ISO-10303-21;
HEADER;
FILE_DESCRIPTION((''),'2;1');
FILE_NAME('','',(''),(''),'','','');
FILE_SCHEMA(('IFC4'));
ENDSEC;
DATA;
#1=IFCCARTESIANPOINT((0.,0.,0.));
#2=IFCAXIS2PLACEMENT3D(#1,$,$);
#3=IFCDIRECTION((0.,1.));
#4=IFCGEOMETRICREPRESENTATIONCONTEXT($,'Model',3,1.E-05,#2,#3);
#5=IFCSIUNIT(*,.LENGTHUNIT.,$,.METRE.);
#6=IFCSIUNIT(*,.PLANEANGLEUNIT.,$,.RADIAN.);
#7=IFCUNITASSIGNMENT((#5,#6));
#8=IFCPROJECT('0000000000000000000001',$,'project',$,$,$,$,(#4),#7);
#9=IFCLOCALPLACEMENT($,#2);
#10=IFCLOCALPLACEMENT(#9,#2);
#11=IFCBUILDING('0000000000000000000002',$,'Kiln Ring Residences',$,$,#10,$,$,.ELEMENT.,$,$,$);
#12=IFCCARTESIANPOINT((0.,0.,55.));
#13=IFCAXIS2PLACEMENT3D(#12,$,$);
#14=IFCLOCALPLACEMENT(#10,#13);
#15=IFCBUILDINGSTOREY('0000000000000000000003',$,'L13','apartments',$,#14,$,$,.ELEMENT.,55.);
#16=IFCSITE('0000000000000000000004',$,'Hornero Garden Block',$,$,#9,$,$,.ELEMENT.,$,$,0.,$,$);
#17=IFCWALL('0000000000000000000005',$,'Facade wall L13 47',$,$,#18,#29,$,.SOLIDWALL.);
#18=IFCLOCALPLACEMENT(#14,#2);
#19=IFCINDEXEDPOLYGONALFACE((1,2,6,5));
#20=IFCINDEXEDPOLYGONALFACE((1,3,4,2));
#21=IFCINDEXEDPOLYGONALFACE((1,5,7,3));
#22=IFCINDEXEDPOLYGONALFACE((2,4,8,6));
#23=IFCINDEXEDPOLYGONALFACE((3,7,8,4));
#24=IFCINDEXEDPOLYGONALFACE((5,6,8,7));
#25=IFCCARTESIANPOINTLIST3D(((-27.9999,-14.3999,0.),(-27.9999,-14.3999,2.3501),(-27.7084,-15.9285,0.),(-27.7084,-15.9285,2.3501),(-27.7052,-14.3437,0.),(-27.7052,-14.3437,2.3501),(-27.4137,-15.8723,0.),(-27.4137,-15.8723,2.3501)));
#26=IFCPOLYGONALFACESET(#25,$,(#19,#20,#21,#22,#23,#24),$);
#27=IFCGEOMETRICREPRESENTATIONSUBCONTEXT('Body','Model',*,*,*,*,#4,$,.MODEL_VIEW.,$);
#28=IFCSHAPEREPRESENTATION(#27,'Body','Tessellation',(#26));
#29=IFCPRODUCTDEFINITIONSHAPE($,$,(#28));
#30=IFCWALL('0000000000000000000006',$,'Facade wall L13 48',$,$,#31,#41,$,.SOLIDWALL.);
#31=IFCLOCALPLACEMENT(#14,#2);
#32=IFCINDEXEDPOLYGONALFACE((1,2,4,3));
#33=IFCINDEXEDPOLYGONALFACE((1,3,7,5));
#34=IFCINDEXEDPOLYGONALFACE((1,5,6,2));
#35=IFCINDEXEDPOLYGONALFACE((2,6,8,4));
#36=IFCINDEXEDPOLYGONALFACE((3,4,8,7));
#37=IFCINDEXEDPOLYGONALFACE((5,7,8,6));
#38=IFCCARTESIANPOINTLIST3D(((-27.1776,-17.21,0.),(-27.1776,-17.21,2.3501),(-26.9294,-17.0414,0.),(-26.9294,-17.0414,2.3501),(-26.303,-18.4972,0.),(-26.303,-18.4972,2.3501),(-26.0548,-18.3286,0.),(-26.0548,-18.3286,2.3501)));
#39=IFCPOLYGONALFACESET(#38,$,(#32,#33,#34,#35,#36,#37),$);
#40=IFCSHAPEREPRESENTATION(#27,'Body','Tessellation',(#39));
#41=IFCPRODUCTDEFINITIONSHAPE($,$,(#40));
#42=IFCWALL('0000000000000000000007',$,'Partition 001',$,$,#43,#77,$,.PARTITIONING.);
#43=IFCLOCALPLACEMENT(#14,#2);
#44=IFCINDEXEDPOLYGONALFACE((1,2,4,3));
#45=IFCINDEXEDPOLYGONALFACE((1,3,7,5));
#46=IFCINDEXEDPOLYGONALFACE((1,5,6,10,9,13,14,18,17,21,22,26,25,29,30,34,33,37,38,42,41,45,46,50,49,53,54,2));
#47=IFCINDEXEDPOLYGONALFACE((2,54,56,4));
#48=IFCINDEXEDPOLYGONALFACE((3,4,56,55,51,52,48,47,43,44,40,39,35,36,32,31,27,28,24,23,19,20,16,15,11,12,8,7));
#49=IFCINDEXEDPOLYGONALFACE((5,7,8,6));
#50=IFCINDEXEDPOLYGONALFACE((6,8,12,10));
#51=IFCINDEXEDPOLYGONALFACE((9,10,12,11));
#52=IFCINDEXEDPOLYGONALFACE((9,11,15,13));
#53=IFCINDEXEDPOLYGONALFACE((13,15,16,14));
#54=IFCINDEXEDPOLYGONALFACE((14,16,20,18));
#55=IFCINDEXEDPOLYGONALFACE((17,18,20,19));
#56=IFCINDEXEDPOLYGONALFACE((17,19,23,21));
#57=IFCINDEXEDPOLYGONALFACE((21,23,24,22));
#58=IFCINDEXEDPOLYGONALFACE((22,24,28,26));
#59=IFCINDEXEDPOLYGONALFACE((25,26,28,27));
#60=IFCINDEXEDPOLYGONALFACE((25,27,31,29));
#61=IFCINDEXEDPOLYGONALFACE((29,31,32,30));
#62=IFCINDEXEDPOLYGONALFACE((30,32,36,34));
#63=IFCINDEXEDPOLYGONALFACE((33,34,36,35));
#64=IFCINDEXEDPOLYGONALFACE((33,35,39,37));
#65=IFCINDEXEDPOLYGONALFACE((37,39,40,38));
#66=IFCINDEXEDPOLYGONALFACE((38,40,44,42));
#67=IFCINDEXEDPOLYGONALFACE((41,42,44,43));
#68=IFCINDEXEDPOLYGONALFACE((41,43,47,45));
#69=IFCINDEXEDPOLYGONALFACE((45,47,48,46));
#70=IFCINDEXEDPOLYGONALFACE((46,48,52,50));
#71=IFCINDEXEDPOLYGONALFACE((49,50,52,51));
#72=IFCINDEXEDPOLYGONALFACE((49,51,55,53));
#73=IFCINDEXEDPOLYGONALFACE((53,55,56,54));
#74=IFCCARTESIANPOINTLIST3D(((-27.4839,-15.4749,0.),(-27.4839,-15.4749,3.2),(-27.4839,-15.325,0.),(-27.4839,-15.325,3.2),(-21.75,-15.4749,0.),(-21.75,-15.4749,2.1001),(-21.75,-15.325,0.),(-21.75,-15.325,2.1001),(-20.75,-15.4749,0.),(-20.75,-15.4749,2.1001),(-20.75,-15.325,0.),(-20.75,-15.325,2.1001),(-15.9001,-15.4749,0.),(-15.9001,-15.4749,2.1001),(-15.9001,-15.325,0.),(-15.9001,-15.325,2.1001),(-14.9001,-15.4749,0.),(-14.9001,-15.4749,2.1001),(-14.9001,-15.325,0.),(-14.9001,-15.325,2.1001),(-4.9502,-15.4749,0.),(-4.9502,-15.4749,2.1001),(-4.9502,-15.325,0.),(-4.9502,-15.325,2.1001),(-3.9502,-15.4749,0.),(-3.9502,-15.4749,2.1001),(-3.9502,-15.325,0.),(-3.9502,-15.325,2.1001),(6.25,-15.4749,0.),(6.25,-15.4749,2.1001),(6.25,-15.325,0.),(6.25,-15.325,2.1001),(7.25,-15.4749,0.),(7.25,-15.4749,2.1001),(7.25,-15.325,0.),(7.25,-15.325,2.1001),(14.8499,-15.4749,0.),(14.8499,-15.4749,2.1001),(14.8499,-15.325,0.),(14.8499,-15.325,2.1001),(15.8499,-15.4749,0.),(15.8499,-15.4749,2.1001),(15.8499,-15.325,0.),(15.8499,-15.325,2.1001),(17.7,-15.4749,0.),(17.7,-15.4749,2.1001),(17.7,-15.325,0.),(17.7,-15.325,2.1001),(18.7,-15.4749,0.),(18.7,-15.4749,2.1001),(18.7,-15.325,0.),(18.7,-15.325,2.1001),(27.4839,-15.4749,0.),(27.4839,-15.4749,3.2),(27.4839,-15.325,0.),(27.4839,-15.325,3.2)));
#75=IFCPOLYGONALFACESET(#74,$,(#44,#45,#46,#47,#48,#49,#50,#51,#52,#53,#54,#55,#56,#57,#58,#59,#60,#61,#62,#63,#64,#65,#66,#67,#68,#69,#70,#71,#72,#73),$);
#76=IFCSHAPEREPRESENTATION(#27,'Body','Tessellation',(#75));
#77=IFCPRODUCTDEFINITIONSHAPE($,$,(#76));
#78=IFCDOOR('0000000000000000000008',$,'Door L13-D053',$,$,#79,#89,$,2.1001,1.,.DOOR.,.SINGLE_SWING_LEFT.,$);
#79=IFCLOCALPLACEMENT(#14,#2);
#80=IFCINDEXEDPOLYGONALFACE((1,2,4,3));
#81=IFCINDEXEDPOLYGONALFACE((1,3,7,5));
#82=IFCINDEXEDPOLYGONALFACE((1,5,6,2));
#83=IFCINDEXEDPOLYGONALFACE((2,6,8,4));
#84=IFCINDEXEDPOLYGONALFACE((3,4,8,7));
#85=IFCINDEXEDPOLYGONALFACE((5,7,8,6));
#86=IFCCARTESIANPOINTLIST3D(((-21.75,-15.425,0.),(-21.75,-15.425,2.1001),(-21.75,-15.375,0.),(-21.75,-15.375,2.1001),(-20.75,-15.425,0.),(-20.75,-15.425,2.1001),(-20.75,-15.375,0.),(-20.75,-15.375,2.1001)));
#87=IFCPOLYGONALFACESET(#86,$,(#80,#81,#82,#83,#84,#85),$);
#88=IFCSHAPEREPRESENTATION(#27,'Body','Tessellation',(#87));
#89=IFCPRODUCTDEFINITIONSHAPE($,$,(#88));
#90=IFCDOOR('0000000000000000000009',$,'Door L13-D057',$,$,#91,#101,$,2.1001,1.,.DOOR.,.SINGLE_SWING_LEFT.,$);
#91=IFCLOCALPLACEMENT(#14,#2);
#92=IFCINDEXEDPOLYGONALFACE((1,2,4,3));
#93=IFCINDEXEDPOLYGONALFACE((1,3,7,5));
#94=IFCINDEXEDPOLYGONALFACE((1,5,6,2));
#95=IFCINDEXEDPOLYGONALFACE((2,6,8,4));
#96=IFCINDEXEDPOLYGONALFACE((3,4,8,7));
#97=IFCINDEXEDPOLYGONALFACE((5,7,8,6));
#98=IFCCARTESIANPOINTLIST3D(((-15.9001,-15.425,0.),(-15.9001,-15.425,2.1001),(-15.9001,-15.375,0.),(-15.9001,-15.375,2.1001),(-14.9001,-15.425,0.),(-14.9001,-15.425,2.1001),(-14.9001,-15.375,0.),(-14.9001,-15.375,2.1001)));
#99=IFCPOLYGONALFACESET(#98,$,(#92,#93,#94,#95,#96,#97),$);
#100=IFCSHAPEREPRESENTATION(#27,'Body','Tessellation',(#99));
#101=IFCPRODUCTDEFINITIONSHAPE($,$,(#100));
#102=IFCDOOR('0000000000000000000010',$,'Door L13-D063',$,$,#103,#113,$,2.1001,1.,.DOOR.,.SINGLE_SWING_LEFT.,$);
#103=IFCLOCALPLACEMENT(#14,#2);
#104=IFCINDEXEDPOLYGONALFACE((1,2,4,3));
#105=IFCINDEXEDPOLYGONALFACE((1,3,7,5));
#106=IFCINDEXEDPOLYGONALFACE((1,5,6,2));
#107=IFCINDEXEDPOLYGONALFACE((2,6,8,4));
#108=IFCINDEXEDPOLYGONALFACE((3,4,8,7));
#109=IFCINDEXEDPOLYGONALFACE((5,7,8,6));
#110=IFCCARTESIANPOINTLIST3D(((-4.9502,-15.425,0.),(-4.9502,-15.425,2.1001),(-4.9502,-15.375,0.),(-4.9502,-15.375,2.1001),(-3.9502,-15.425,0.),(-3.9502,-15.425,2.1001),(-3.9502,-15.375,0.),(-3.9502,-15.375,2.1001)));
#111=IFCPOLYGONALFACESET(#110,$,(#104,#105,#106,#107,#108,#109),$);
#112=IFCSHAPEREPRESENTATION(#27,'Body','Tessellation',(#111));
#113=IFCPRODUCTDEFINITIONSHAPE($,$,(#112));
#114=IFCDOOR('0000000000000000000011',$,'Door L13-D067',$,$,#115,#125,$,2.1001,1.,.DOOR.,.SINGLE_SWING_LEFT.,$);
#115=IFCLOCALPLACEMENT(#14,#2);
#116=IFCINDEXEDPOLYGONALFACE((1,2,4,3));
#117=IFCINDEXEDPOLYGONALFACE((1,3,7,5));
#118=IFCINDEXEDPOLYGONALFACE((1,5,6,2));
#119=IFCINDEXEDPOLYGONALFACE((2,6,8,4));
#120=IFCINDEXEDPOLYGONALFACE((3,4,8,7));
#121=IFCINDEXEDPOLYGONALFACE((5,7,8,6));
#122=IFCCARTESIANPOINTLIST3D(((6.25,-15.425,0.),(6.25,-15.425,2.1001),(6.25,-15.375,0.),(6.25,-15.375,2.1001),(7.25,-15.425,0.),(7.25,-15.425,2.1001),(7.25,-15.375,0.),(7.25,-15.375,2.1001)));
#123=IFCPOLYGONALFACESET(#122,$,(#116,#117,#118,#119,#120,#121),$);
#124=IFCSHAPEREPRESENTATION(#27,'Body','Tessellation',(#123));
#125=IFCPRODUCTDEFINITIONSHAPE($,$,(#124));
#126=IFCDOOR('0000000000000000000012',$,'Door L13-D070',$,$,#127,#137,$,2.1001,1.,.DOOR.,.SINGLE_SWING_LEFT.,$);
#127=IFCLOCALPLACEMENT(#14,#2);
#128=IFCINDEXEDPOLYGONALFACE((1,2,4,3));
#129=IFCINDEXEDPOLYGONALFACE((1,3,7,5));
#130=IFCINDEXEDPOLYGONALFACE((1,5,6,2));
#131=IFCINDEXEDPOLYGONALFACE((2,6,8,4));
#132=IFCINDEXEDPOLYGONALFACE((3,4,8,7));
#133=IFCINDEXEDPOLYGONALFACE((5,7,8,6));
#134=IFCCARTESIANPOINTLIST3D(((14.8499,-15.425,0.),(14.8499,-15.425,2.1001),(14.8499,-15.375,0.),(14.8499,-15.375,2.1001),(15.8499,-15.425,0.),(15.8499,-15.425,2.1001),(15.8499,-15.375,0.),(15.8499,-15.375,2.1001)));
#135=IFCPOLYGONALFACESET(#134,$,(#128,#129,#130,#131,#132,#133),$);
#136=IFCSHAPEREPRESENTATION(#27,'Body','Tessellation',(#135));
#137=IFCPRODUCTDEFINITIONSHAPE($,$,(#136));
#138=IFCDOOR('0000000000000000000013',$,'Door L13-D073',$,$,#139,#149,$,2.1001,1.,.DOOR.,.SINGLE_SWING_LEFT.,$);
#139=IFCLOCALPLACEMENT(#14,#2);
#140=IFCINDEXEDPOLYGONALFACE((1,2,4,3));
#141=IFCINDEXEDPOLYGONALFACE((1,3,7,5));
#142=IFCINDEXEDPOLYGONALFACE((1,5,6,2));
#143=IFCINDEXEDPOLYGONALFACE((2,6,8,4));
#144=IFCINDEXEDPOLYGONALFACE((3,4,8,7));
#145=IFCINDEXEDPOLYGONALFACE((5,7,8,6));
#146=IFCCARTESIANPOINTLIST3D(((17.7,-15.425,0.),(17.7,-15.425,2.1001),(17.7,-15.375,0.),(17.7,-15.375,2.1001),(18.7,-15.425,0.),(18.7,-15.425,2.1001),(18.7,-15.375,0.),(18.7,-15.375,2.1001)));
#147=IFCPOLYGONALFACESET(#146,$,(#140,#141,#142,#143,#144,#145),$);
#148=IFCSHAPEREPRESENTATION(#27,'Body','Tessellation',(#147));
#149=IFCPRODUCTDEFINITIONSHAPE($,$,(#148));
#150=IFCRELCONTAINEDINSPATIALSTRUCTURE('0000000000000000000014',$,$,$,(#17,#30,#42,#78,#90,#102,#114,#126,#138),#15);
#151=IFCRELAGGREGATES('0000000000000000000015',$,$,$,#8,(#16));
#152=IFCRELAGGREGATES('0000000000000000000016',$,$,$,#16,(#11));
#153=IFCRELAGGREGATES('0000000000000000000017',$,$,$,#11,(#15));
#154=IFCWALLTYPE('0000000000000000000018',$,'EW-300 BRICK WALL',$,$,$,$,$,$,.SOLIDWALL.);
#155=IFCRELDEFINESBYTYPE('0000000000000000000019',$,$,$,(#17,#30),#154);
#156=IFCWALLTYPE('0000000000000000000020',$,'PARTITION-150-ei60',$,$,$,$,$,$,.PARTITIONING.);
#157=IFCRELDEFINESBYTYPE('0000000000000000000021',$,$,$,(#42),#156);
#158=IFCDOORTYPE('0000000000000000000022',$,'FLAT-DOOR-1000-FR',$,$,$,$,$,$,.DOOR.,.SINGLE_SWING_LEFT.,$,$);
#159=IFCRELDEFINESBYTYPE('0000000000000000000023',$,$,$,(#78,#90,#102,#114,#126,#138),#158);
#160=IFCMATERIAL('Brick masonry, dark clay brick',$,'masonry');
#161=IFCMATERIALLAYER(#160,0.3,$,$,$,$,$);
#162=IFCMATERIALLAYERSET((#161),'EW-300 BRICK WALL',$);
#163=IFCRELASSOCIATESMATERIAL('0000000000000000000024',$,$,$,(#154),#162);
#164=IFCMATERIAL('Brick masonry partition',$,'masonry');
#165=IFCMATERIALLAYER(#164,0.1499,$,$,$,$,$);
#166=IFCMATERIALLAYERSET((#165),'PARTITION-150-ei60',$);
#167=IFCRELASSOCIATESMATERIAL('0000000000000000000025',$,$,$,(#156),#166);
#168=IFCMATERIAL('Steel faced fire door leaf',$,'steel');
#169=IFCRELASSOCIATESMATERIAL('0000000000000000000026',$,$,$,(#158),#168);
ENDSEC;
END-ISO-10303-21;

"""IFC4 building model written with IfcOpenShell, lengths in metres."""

from ifc_helpers import new_model, si_unit, direction, frame, frame_2d, origin, place, context, subcontext, project, spatial, rectangle, extrude, material, layer, layer_set, type_object, element, fill, save


model = new_model("IFC4")

# Units and contexts
model_context = context("Model", 3, precision=1e-05, world=origin(), true_north=direction((0.0, 1.0)))
body_context = subcontext(model_context, "Body", "Model", "MODEL_VIEW")
ifc_project = project(units=[si_unit("LENGTHUNIT", "METRE"), si_unit("PLANEANGLEUNIT", "RADIAN")], contexts=[model_context])

# Site, building, storey
site_placement = place(None, origin())
site = spatial("IfcSite", under=ifc_project, at=site_placement, Name="Hornero Garden Block", CompositionType="ELEMENT", RefElevation=0.0)
building_placement = place(site_placement, origin())
building = spatial("IfcBuilding", under=site, at=building_placement, Name="Kiln Ring Residences", CompositionType="ELEMENT")
storey_placement = place(building_placement, frame((0.0, 0.0, 55.0)))
storey = spatial("IfcBuildingStorey", under=building, at=storey_placement, Name="L13", Description="apartments", CompositionType="ELEMENT", Elevation=55.0)

# Walls
ifc_material_1 = material(Name="Brick masonry, dark clay brick", Category="masonry")
ifc_layer_1 = layer(ifc_material_1, 0.3)
ifc_layer_set_1 = layer_set([ifc_layer_1], Name="EW-300 BRICK WALL")
wall_type_1 = type_object("IfcWallType", Name="EW-300 BRICK WALL", PredefinedType="SOLIDWALL", material=ifc_layer_set_1)
for number, where, z_axis, x_axis, name in (
    (1, (-27.8525, -14.3718, 0.0), (0.0, 0.0, 1.0), (0.187328, -0.982297, 0.0), "Facade wall L13 47"),
    (2, (-27.0535, -17.1257, 0.0), (0.0, 0.0, 1.0), (0.561992, -0.827142, 0.0), "Facade wall L13 48"),
):
    element("IfcWall", number, at=place(storey_placement, frame(where, z_axis=z_axis, x_axis=x_axis)), inside=storey, type_object=wall_type_1, Name=name, PredefinedType="SOLIDWALL", context=body_context, shape_type="SweptSolid", body=[
        extrude(rectangle(XDim=1.5562, YDim=0.3, at=frame_2d((0.7781, 0.0))), origin(), (0.0, 0.0, 1.0), 2.3501),
    ])

# Wall, openings, doors
ifc_material_2 = material(Name="Brick masonry partition", Category="masonry")
ifc_layer_2 = layer(ifc_material_2, 0.1499)
ifc_layer_set_2 = layer_set([ifc_layer_2], Name="PARTITION-150-ei60")
wall_type_2 = type_object("IfcWallType", Name="PARTITION-150-ei60", PredefinedType="PARTITIONING", material=ifc_layer_set_2)
wall_1_placement = place(storey_placement, frame((-27.4839, -15.3999, 0.0), z_axis=(0.0, 0.0, 1.0), x_axis=(1.0, 0.0, 0.0)))
wall_1 = element("IfcWall", 3, at=wall_1_placement, inside=storey, type_object=wall_type_2, Name="Partition 001", PredefinedType="PARTITIONING", context=body_context, shape_type="SweptSolid", body=[
    extrude(rectangle(XDim=54.9678, YDim=0.1499, at=frame_2d((27.4839, 0.0))), origin(), (0.0, 0.0, 1.0), 3.2),
])
opening_1_placement = place(wall_1_placement, frame((5.7339, 0.0, 0.0)))
opening_1 = element("IfcOpeningElement", 4, at=opening_1_placement, cuts=wall_1, PredefinedType="OPENING", context=body_context, shape_type="SweptSolid", body=[
    extrude(rectangle(XDim=1.0, YDim=2.1001, at=frame_2d((0.5, 1.05))), frame((0.0, 0.085, 0.0), z_axis=(0.0, -1.0, 0.0), x_axis=(1.0, 0.0, 0.0)), (0.0, 0.0, 1.0), 0.1699),
])
opening_2_placement = place(wall_1_placement, frame((11.5837, 0.0, 0.0)))
opening_2 = element("IfcOpeningElement", 5, at=opening_2_placement, cuts=wall_1, PredefinedType="OPENING", context=body_context, shape_type="SweptSolid", body=[
    extrude(rectangle(XDim=1.0, YDim=2.1001, at=frame_2d((0.5, 1.05))), frame((0.0, 0.085, 0.0), z_axis=(0.0, -1.0, 0.0), x_axis=(1.0, 0.0, 0.0)), (0.0, 0.0, 1.0), 0.1699),
])
opening_3_placement = place(wall_1_placement, frame((22.5337, 0.0, 0.0)))
opening_3 = element("IfcOpeningElement", 6, at=opening_3_placement, cuts=wall_1, PredefinedType="OPENING", context=body_context, shape_type="SweptSolid", body=[
    extrude(rectangle(XDim=1.0, YDim=2.1001, at=frame_2d((0.5, 1.05))), frame((0.0, 0.085, 0.0), z_axis=(0.0, -1.0, 0.0), x_axis=(1.0, 0.0, 0.0)), (0.0, 0.0, 1.0), 0.1699),
])
opening_4_placement = place(wall_1_placement, frame((33.7339, 0.0, 0.0)))
opening_4 = element("IfcOpeningElement", 7, at=opening_4_placement, cuts=wall_1, PredefinedType="OPENING", context=body_context, shape_type="SweptSolid", body=[
    extrude(rectangle(XDim=1.0, YDim=2.1001, at=frame_2d((0.5, 1.05))), frame((0.0, 0.085, 0.0), z_axis=(0.0, -1.0, 0.0), x_axis=(1.0, 0.0, 0.0)), (0.0, 0.0, 1.0), 0.1699),
])
opening_5_placement = place(wall_1_placement, frame((42.3337, 0.0, 0.0)))
opening_5 = element("IfcOpeningElement", 8, at=opening_5_placement, cuts=wall_1, PredefinedType="OPENING", context=body_context, shape_type="SweptSolid", body=[
    extrude(rectangle(XDim=1.0, YDim=2.1001, at=frame_2d((0.5, 1.05))), frame((0.0, 0.085, 0.0), z_axis=(0.0, -1.0, 0.0), x_axis=(1.0, 0.0, 0.0)), (0.0, 0.0, 1.0), 0.1699),
])
opening_6_placement = place(wall_1_placement, frame((45.1838, 0.0, 0.0)))
opening_6 = element("IfcOpeningElement", 9, at=opening_6_placement, cuts=wall_1, PredefinedType="OPENING", context=body_context, shape_type="SweptSolid", body=[
    extrude(rectangle(XDim=1.0, YDim=2.1001, at=frame_2d((0.5, 1.05))), frame((0.0, 0.085, 0.0), z_axis=(0.0, -1.0, 0.0), x_axis=(1.0, 0.0, 0.0)), (0.0, 0.0, 1.0), 0.1699),
])
ifc_material_3 = material(Name="Steel faced fire door leaf", Category="steel")
door_type_1 = type_object("IfcDoorType", Name="FLAT-DOOR-1000-FR", OperationType="SINGLE_SWING_LEFT", PredefinedType="DOOR", material=ifc_material_3)
door_1_placement = place(opening_1_placement, origin())
door_1 = element("IfcDoor", 10, at=door_1_placement, inside=storey, type_object=door_type_1, Name="Door L13-D053", OperationType="SINGLE_SWING_LEFT", OverallHeight=2.1001, OverallWidth=1.0, PredefinedType="DOOR", context=body_context, shape_type="SweptSolid", body=[
    extrude(rectangle(XDim=1.0, YDim=2.1001, at=frame_2d((0.5, 1.05))), frame((0.0, 0.0249, 0.0), z_axis=(0.0, -1.0, 0.0), x_axis=(1.0, 0.0, 0.0)), (0.0, 0.0, 1.0), 0.05),
])
fill(opening_1, door_1)
door_2_placement = place(opening_2_placement, origin())
door_2 = element("IfcDoor", 11, at=door_2_placement, inside=storey, type_object=door_type_1, Name="Door L13-D057", OperationType="SINGLE_SWING_LEFT", OverallHeight=2.1001, OverallWidth=1.0, PredefinedType="DOOR", context=body_context, shape_type="SweptSolid", body=[
    extrude(rectangle(XDim=1.0, YDim=2.1001, at=frame_2d((0.5, 1.05))), frame((0.0, 0.0249, 0.0), z_axis=(0.0, -1.0, 0.0), x_axis=(1.0, 0.0, 0.0)), (0.0, 0.0, 1.0), 0.05),
])
fill(opening_2, door_2)
door_3_placement = place(opening_3_placement, origin())
door_3 = element("IfcDoor", 12, at=door_3_placement, inside=storey, type_object=door_type_1, Name="Door L13-D063", OperationType="SINGLE_SWING_LEFT", OverallHeight=2.1001, OverallWidth=1.0, PredefinedType="DOOR", context=body_context, shape_type="SweptSolid", body=[
    extrude(rectangle(XDim=1.0, YDim=2.1001, at=frame_2d((0.5, 1.05))), frame((0.0, 0.0249, 0.0), z_axis=(0.0, -1.0, 0.0), x_axis=(1.0, 0.0, 0.0)), (0.0, 0.0, 1.0), 0.05),
])
fill(opening_3, door_3)
door_4_placement = place(opening_4_placement, origin())
door_4 = element("IfcDoor", 13, at=door_4_placement, inside=storey, type_object=door_type_1, Name="Door L13-D067", OperationType="SINGLE_SWING_LEFT", OverallHeight=2.1001, OverallWidth=1.0, PredefinedType="DOOR", context=body_context, shape_type="SweptSolid", body=[
    extrude(rectangle(XDim=1.0, YDim=2.1001, at=frame_2d((0.5, 1.05))), frame((0.0, 0.0249, 0.0), z_axis=(0.0, -1.0, 0.0), x_axis=(1.0, 0.0, 0.0)), (0.0, 0.0, 1.0), 0.05),
])
fill(opening_4, door_4)
door_5_placement = place(opening_5_placement, origin())
door_5 = element("IfcDoor", 14, at=door_5_placement, inside=storey, type_object=door_type_1, Name="Door L13-D070", OperationType="SINGLE_SWING_LEFT", OverallHeight=2.1001, OverallWidth=1.0, PredefinedType="DOOR", context=body_context, shape_type="SweptSolid", body=[
    extrude(rectangle(XDim=1.0, YDim=2.1001, at=frame_2d((0.5, 1.05))), frame((0.0, 0.0249, 0.0), z_axis=(0.0, -1.0, 0.0), x_axis=(1.0, 0.0, 0.0)), (0.0, 0.0, 1.0), 0.05),
])
fill(opening_5, door_5)
door_6_placement = place(opening_6_placement, origin())
door_6 = element("IfcDoor", 15, at=door_6_placement, inside=storey, type_object=door_type_1, Name="Door L13-D073", OperationType="SINGLE_SWING_LEFT", OverallHeight=2.1001, OverallWidth=1.0, PredefinedType="DOOR", context=body_context, shape_type="SweptSolid", body=[
    extrude(rectangle(XDim=1.0, YDim=2.1001, at=frame_2d((0.5, 1.05))), frame((0.0, 0.0249, 0.0), z_axis=(0.0, -1.0, 0.0), x_axis=(1.0, 0.0, 0.0)), (0.0, 0.0, 1.0), 0.05),
])
fill(opening_6, door_6)

save(model, "model.ifc")
